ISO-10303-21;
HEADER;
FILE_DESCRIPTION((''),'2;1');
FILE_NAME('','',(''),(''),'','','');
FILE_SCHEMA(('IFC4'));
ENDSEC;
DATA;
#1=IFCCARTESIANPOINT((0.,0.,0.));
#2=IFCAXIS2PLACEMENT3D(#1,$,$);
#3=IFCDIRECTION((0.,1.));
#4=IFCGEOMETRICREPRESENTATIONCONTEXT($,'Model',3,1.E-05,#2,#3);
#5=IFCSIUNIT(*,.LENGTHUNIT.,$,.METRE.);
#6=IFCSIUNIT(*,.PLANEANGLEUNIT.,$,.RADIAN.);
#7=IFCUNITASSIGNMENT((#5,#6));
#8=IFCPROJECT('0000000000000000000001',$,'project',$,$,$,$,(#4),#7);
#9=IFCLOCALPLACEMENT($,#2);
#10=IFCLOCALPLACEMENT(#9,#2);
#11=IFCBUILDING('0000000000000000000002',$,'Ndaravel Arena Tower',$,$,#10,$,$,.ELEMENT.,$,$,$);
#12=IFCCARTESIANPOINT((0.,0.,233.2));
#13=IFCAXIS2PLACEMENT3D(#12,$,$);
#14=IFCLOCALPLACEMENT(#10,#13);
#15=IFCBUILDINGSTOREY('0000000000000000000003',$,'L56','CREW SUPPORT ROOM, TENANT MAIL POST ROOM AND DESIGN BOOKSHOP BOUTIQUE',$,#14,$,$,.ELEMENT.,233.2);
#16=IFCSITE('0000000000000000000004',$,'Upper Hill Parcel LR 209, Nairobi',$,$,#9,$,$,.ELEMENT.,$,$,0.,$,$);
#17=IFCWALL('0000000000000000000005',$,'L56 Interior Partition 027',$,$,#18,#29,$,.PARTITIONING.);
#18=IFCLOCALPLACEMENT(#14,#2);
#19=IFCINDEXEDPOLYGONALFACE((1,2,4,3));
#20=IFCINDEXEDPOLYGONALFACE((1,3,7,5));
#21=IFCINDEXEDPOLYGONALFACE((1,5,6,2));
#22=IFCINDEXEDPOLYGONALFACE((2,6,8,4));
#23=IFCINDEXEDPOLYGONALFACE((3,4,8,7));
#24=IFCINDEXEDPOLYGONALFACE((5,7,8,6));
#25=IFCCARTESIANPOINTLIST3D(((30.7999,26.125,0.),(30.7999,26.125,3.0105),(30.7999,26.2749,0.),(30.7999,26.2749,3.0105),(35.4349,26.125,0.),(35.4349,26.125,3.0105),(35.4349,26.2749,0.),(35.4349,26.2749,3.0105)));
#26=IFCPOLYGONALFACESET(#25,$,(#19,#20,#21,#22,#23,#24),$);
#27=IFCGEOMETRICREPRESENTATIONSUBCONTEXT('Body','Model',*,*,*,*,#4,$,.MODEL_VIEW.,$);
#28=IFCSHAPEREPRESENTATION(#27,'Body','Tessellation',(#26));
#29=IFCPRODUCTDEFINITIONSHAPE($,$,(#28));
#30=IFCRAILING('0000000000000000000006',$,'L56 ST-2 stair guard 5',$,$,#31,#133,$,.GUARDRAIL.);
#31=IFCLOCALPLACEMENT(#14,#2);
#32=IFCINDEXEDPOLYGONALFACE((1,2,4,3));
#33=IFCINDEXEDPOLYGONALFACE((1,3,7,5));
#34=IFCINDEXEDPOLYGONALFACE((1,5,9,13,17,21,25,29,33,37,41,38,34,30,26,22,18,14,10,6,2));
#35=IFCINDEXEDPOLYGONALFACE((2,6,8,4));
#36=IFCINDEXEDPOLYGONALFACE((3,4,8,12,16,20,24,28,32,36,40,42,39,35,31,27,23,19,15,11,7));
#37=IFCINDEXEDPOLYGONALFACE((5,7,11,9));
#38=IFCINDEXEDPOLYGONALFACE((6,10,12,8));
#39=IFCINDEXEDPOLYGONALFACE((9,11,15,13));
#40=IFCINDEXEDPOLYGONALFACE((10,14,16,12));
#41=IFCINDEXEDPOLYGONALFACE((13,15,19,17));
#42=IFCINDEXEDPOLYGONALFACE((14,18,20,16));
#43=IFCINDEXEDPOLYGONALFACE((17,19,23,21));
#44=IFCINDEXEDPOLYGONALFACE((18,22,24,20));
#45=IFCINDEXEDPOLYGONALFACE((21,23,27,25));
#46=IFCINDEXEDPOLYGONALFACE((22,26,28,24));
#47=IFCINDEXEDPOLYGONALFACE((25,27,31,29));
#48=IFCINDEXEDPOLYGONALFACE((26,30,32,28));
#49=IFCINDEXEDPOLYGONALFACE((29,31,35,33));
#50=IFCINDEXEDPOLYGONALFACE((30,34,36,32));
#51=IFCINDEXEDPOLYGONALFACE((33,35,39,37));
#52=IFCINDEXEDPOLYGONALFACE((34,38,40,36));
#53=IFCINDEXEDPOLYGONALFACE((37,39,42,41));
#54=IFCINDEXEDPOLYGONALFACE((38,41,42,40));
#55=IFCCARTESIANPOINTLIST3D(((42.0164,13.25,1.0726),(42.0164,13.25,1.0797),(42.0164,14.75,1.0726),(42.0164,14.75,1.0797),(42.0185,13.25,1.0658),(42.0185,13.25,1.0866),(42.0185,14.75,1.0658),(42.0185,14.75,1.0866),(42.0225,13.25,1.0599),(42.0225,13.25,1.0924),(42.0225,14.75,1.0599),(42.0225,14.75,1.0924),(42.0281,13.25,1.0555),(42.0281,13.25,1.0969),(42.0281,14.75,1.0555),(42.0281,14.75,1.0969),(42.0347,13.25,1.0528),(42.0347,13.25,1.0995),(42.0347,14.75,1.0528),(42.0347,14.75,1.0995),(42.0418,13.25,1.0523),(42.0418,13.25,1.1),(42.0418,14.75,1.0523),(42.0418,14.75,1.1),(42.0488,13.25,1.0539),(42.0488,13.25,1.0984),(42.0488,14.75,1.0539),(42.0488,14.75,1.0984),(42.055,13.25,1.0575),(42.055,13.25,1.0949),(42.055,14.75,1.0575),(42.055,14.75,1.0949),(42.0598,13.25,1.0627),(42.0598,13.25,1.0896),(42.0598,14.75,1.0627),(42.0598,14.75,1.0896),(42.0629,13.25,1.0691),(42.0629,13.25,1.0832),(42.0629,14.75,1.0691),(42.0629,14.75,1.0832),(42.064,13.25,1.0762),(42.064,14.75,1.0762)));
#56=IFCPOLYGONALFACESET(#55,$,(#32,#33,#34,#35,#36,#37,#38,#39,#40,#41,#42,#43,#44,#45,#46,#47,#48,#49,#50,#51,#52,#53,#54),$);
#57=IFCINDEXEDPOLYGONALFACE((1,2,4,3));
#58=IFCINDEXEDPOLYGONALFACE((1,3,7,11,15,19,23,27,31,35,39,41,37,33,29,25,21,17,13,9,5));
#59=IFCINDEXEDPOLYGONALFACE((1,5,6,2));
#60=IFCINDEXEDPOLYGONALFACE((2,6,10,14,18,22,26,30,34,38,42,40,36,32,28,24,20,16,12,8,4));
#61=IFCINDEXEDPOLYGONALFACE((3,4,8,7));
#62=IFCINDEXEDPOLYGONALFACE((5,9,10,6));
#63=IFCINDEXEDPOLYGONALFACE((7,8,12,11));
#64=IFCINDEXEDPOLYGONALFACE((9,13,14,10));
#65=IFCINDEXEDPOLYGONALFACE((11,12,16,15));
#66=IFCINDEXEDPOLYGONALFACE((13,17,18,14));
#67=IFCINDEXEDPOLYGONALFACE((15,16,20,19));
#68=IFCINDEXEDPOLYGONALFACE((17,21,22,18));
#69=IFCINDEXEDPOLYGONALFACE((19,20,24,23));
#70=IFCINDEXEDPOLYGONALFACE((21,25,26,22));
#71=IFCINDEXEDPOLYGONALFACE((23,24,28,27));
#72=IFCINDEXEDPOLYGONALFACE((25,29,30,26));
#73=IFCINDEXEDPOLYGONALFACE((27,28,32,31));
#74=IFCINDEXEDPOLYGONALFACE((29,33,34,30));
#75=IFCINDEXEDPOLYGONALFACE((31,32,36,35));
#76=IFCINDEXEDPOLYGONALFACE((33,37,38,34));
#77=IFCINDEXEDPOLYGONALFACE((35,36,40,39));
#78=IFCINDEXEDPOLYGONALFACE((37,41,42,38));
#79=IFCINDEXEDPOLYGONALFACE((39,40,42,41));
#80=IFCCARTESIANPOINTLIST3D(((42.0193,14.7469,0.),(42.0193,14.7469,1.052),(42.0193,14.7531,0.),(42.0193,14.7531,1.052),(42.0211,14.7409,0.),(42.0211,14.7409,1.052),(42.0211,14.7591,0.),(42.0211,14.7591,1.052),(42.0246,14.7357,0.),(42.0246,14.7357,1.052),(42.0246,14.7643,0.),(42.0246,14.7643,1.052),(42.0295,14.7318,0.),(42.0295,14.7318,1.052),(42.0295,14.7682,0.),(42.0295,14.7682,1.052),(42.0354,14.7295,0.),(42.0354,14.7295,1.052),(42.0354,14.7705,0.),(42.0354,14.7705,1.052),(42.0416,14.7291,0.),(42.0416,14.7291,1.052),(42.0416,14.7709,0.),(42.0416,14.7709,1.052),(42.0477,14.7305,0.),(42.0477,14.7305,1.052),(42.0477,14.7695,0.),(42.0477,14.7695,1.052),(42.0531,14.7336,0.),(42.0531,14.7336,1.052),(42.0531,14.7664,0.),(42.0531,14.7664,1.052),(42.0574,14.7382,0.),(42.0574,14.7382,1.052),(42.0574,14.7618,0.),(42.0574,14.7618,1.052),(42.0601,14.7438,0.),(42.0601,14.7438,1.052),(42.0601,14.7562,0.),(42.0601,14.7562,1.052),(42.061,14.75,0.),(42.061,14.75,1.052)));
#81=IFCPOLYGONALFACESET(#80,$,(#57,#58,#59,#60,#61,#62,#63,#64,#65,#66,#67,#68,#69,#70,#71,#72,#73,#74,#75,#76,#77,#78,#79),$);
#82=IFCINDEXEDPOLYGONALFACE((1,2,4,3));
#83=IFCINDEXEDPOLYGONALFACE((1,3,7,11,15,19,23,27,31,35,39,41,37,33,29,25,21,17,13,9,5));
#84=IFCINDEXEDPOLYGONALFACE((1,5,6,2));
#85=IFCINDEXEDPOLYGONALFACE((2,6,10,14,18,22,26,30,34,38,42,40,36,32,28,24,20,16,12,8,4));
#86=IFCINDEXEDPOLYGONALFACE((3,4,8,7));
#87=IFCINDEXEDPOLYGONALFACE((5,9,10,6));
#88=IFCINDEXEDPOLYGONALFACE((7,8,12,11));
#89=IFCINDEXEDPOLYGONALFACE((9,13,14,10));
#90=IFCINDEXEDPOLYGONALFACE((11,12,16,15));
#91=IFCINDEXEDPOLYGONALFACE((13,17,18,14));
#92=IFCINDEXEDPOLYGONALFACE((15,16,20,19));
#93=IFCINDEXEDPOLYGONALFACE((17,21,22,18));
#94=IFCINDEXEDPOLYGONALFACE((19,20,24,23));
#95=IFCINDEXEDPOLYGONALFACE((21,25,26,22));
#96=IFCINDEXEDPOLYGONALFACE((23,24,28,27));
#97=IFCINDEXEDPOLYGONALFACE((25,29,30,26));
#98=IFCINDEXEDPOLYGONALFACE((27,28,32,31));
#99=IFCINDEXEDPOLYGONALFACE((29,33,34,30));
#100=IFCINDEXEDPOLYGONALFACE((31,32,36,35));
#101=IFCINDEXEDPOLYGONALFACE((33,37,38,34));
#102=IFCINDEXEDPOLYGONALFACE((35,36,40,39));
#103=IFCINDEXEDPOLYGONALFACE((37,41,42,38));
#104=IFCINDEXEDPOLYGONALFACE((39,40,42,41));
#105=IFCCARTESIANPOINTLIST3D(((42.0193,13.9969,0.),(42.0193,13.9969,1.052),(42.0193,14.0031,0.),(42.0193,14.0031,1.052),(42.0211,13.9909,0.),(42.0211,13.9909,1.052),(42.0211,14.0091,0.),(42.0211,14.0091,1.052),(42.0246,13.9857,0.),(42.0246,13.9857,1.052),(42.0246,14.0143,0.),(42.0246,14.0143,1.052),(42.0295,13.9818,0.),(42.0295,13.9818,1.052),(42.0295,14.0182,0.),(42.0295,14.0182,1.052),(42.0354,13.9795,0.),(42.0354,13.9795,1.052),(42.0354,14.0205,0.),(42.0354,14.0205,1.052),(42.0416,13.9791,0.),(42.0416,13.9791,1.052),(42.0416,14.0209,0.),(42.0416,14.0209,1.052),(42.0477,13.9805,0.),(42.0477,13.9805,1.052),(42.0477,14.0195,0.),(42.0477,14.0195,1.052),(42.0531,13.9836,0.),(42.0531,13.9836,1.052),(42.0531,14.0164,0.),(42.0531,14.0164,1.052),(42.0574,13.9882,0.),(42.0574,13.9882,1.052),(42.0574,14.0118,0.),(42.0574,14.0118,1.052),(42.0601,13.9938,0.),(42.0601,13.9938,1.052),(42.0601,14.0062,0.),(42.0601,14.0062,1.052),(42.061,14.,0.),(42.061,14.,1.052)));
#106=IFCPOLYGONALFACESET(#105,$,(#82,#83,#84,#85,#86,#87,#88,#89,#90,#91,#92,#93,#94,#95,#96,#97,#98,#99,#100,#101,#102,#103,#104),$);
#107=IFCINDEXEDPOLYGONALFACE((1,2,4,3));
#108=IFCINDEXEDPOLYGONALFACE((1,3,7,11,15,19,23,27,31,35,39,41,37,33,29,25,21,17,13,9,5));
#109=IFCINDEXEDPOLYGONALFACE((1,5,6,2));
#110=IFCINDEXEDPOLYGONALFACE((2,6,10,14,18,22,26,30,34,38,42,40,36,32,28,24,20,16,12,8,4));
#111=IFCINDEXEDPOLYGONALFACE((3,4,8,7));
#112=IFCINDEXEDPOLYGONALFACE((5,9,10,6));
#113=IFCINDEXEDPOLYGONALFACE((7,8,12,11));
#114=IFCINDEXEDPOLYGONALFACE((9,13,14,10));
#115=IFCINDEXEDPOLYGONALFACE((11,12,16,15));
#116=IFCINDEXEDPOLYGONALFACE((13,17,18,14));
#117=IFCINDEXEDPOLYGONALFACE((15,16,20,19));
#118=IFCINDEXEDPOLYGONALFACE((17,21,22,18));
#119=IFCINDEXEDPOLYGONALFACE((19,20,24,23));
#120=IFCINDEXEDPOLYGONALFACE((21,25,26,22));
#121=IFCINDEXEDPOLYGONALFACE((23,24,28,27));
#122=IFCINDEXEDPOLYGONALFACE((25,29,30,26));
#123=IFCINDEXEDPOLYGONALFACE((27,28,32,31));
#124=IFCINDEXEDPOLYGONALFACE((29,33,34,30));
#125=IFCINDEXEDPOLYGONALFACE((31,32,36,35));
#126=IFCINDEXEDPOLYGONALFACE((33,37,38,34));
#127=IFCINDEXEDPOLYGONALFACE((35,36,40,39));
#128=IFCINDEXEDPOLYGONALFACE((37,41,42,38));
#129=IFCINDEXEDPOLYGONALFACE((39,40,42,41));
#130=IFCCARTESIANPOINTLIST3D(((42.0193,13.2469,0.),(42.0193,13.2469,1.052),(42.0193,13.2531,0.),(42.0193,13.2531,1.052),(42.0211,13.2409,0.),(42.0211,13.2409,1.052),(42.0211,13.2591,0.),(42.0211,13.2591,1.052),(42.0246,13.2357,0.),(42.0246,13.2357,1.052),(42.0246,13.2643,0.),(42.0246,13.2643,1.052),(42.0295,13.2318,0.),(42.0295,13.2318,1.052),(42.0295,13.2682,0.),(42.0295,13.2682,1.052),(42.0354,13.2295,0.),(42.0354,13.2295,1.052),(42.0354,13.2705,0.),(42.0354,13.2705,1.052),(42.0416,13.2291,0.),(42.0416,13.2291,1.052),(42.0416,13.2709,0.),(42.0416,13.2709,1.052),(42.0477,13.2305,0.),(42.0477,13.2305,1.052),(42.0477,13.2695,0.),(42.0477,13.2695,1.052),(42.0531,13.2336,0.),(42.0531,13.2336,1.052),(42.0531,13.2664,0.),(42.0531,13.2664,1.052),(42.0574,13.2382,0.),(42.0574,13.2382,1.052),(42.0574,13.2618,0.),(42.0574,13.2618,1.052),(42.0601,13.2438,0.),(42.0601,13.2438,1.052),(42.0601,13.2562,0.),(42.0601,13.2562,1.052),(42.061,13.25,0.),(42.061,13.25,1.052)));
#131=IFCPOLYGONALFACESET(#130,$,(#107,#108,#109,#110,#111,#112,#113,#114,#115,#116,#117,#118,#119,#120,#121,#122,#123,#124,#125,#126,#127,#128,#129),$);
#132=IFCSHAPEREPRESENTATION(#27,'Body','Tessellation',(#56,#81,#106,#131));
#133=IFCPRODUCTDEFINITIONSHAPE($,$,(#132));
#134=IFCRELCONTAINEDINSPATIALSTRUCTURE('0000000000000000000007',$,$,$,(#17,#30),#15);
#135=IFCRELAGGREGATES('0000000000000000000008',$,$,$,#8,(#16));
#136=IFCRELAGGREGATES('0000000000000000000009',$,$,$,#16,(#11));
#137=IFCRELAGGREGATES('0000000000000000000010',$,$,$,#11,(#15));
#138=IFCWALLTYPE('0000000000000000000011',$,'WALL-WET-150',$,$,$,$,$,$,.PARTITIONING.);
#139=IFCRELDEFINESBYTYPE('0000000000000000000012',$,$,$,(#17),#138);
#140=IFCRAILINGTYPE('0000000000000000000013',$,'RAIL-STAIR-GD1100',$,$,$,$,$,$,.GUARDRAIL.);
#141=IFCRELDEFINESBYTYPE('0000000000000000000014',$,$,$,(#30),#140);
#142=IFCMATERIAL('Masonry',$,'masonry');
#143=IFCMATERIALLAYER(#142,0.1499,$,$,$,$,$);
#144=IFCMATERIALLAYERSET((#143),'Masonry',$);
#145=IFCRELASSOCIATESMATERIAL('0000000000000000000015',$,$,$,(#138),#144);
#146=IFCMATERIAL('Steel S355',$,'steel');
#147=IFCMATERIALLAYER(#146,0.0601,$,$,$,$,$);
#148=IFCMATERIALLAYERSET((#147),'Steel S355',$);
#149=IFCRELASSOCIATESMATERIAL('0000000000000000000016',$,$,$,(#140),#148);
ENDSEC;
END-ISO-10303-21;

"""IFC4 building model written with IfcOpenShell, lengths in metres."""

from ifc_helpers import new_model, si_unit, direction, frame, frame_2d, origin, origin_2d, place, context, subcontext, project, spatial, rectangle, circle, extrude, material, layer, layer_set, type_object, element, save


model = new_model("IFC4")

# Units and contexts
model_context = context("Model", 3, precision=1e-05, world=origin(), true_north=direction((0.0, 1.0)))
body_context = subcontext(model_context, "Body", "Model", "MODEL_VIEW")
ifc_project = project(units=[si_unit("LENGTHUNIT", "METRE"), si_unit("PLANEANGLEUNIT", "RADIAN")], contexts=[model_context])

# Site, building, storey
site_placement = place(None, origin())
site = spatial("IfcSite", under=ifc_project, at=site_placement, Name="Upper Hill Parcel LR 209, Nairobi", CompositionType="ELEMENT", RefElevation=0.0)
building_placement = place(site_placement, origin())
building = spatial("IfcBuilding", under=site, at=building_placement, Name="Ndaravel Arena Tower", CompositionType="ELEMENT")
storey_placement = place(building_placement, frame((0.0, 0.0, 233.2)))
storey = spatial("IfcBuildingStorey", under=building, at=storey_placement, Name="L56", Description="CREW SUPPORT ROOM, TENANT MAIL POST ROOM AND DESIGN BOOKSHOP BOUTIQUE", CompositionType="ELEMENT", Elevation=233.2)

# Shared definitions
ifc_material_1 = material(Name="Masonry", Category="masonry")
ifc_layer_1 = layer(ifc_material_1, 0.1499)
ifc_layer_set_1 = layer_set([ifc_layer_1], Name="Masonry")
wall_type_1 = type_object("IfcWallType", Name="WALL-WET-150", PredefinedType="PARTITIONING", material=ifc_layer_set_1)

# Wall
wall_1_placement = place(storey_placement, frame((30.8, 26.2, 0.0), z_axis=(0.0, 0.0, 1.0), x_axis=(1.0, 0.0, 0.0)))
element("IfcWall", 1, at=wall_1_placement, inside=storey, type_object=wall_type_1, Name="L56 Interior Partition 027", PredefinedType="PARTITIONING", context=body_context, shape_type="SweptSolid", body=[
    extrude(rectangle(XDim=4.635, YDim=0.1499, at=frame_2d((2.3174, 0.0))), origin(), (0.0, 0.0, 1.0), 3.0105),
])

# Railing
ifc_material_2 = material(Name="Steel S355", Category="steel")
ifc_layer_2 = layer(ifc_material_2, 0.0601)
ifc_layer_set_2 = layer_set([ifc_layer_2], Name="Steel S355")
railing_type = type_object("IfcRailingType", Name="RAIL-STAIR-GD1100", PredefinedType="GUARDRAIL", material=ifc_layer_set_2)
railing_placement = place(storey_placement, frame((42.04, 14.75, 0.0)))
element("IfcRailing", 2, at=railing_placement, inside=storey, type_object=railing_type, Name="L56 ST-2 stair guard 5", PredefinedType="GUARDRAIL", context=body_context, shape_type="SweptSolid", body=[
    extrude(circle(Radius=0.0239, at=origin_2d()), frame((0.0, 0.0, 1.0762), z_axis=(0.0, -1.0, 0.0), x_axis=(1.0, 0.0, 0.0)), (0.0, 0.0, 1.0), 1.5),
    extrude(circle(Radius=0.021, at=origin_2d()), origin(), (0.0, 0.0, 1.0), 1.052),
    extrude(circle(Radius=0.021, at=origin_2d()), frame((0.0, -0.75, 0.0)), (0.0, 0.0, 1.0), 1.052),
    extrude(circle(Radius=0.021, at=origin_2d()), frame((0.0, -1.5, 0.0)), (0.0, 0.0, 1.0), 1.052),
])

save(model, "model.ifc")
